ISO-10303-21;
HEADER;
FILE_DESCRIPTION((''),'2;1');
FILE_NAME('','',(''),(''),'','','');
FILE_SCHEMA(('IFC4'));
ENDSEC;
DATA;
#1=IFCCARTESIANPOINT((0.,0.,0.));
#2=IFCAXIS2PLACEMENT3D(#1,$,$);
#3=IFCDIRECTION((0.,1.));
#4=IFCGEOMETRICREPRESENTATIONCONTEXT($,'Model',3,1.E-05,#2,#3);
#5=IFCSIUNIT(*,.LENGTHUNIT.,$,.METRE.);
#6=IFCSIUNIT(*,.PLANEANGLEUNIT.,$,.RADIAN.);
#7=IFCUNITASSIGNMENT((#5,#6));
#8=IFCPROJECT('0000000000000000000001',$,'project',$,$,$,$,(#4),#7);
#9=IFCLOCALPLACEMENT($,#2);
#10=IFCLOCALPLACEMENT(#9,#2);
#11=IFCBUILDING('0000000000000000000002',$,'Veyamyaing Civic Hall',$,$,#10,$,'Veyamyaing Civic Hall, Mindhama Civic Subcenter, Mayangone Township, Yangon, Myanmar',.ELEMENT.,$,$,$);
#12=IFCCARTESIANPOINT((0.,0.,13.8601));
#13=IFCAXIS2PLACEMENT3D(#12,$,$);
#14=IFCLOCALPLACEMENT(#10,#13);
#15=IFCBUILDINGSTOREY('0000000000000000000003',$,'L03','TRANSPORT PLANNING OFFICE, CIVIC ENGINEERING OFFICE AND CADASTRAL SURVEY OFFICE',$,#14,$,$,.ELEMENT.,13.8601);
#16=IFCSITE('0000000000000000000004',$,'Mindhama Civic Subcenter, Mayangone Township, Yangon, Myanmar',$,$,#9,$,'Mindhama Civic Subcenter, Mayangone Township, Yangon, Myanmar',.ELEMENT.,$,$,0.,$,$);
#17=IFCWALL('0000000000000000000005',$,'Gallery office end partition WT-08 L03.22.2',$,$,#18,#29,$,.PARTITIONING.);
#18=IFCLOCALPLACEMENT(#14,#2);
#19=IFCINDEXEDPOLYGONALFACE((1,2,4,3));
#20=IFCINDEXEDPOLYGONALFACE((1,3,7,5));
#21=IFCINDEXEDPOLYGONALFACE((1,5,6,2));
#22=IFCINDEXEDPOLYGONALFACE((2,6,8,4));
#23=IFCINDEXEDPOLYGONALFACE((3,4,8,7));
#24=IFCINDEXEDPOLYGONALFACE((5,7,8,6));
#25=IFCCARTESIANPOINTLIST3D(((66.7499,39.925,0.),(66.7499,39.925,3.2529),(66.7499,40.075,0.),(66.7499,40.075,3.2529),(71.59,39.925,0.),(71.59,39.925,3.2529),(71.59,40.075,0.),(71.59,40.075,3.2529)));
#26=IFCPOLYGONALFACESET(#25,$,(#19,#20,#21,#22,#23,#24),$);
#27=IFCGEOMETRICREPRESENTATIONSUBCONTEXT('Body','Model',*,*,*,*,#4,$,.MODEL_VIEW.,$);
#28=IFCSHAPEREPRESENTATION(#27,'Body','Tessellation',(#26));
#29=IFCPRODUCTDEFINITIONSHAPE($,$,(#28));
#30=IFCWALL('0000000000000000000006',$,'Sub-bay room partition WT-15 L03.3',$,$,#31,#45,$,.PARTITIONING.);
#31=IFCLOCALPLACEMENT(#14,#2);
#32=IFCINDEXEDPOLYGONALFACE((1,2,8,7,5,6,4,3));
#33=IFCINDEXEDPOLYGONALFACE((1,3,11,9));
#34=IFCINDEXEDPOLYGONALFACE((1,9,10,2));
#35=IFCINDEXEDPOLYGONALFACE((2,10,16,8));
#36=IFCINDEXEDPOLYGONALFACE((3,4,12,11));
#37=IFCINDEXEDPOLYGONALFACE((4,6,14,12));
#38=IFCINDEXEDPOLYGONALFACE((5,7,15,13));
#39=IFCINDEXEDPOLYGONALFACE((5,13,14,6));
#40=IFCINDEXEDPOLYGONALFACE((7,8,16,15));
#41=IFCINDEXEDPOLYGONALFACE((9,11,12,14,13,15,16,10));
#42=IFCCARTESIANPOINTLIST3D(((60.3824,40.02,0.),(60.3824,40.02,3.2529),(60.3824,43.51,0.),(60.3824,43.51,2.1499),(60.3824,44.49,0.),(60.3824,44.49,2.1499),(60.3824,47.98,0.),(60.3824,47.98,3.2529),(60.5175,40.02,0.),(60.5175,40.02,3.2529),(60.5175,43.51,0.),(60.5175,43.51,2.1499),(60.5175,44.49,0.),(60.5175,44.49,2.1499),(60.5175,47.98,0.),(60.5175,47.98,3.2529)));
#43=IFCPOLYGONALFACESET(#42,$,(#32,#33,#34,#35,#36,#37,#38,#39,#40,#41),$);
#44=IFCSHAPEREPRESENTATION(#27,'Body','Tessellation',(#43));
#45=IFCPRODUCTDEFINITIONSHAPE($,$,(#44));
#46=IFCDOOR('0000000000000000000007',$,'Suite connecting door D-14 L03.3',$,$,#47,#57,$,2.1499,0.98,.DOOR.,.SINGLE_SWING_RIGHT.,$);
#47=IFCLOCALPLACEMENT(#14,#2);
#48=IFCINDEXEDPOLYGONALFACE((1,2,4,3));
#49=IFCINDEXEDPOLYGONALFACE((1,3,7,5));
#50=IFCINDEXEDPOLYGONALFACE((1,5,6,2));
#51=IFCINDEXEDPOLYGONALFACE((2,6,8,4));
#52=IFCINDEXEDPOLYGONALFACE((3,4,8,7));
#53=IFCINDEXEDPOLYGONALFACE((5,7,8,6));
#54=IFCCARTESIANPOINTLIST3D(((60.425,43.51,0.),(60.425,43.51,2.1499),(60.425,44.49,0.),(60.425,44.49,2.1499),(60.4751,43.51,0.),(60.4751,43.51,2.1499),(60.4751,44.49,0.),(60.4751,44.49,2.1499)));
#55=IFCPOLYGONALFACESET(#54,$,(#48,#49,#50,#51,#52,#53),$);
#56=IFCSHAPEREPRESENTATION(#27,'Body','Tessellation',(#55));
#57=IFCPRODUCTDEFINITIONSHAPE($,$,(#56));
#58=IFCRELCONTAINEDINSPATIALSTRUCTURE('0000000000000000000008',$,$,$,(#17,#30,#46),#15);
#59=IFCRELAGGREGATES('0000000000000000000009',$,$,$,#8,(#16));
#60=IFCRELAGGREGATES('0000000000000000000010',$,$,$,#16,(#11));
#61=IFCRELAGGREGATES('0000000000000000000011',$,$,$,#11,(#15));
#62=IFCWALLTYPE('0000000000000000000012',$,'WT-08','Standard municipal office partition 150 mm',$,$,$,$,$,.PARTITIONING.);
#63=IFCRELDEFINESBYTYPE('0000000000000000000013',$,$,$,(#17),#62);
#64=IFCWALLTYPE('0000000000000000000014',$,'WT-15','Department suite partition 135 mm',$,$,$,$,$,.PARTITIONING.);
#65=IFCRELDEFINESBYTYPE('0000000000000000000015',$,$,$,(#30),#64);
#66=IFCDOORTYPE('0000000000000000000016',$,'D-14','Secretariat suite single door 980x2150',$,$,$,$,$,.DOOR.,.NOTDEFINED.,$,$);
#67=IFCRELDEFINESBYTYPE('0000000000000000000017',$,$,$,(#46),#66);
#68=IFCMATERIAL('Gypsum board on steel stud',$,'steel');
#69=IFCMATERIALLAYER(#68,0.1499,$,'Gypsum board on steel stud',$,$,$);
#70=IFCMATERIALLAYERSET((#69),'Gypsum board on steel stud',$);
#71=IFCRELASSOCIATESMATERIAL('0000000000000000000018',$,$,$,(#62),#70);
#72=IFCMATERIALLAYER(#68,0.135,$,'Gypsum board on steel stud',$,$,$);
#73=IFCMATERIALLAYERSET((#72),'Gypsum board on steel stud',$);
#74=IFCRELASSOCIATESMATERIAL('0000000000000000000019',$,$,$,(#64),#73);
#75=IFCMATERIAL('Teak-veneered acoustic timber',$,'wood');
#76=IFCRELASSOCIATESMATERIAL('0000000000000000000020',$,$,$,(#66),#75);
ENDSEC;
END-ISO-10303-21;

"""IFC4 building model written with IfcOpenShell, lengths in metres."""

from ifc_helpers import new_model, si_unit, direction, frame, frame_2d, origin, place, context, subcontext, project, spatial, rectangle, extrude, material, layer, layer_set, type_object, element, fill, save


model = new_model("IFC4")

# Units and contexts
model_context = context("Model", 3, precision=1e-05, world=origin(), true_north=direction((0.0, 1.0)))
body_context = subcontext(model_context, "Body", "Model", "MODEL_VIEW")
ifc_project = project(units=[si_unit("LENGTHUNIT", "METRE"), si_unit("PLANEANGLEUNIT", "RADIAN")], contexts=[model_context])

# Site, building, storey
site_placement = place(None, origin())
site = spatial("IfcSite", under=ifc_project, at=site_placement, Name="Mindhama Civic Subcenter, Mayangone Township, Yangon, Myanmar", LongName="Mindhama Civic Subcenter, Mayangone Township, Yangon, Myanmar", CompositionType="ELEMENT", RefElevation=0.0)
building_placement = place(site_placement, origin())
building = spatial("IfcBuilding", under=site, at=building_placement, Name="Veyamyaing Civic Hall", LongName="Veyamyaing Civic Hall, Mindhama Civic Subcenter, Mayangone Township, Yangon, Myanmar", CompositionType="ELEMENT")
storey_placement = place(building_placement, frame((0.0, 0.0, 13.8601)))
storey = spatial("IfcBuildingStorey", under=building, at=storey_placement, Name="L03", Description="TRANSPORT PLANNING OFFICE, CIVIC ENGINEERING OFFICE AND CADASTRAL SURVEY OFFICE", CompositionType="ELEMENT", Elevation=13.8601)

# Shared definitions
ifc_material_1 = material(Name="Teak-veneered acoustic timber", Category="wood")

# Wall
ifc_material_2 = material(Name="Gypsum board on steel stud", Category="steel")
ifc_layer_1 = layer(ifc_material_2, 0.1499, Name="Gypsum board on steel stud")
ifc_layer_set_1 = layer_set([ifc_layer_1], Name="Gypsum board on steel stud")
wall_type_1 = type_object("IfcWallType", Name="WT-08", Description="Standard municipal office partition 150 mm", PredefinedType="PARTITIONING", material=ifc_layer_set_1)
wall_1_placement = place(storey_placement, frame((66.75, 40.0, 0.0), z_axis=(0.0, 0.0, 1.0), x_axis=(1.0, 0.0, 0.0)))
element("IfcWall", 1, at=wall_1_placement, inside=storey, type_object=wall_type_1, Name="Gallery office end partition WT-08 L03.22.2", PredefinedType="PARTITIONING", context=body_context, shape_type="SweptSolid", body=[
    extrude(rectangle(XDim=4.8401, YDim=0.1499, at=frame_2d((2.4199, 0.0))), origin(), (0.0, 0.0, 1.0), 3.2529),
])

# Wall, opening, door
ifc_layer_2 = layer(ifc_material_2, 0.135, Name="Gypsum board on steel stud")
ifc_layer_set_2 = layer_set([ifc_layer_2], Name="Gypsum board on steel stud")
wall_type_2 = type_object("IfcWallType", Name="WT-15", Description="Department suite partition 135 mm", PredefinedType="PARTITIONING", material=ifc_layer_set_2)
wall_2_placement = place(storey_placement, frame((60.45, 40.02, 0.0), z_axis=(0.0, 0.0, 1.0), x_axis=(0.0, 1.0, 0.0)))
wall_2 = element("IfcWall", 2, at=wall_2_placement, inside=storey, type_object=wall_type_2, Name="Sub-bay room partition WT-15 L03.3", PredefinedType="PARTITIONING", context=body_context, shape_type="SweptSolid", body=[
    extrude(rectangle(XDim=7.96, YDim=0.135, at=frame_2d((3.98, 0.0))), origin(), (0.0, 0.0, 1.0), 3.2529),
])
opening_1_placement = place(wall_2_placement, frame((3.49, 0.0, 0.0)))
opening_1 = element("IfcOpeningElement", 3, at=opening_1_placement, cuts=wall_2, PredefinedType="OPENING", context=body_context, shape_type="SweptSolid", body=[
    extrude(rectangle(XDim=0.98, YDim=2.1499, at=frame_2d((0.49, 1.075))), frame((0.0, 0.0774, 0.0), z_axis=(0.0, -1.0, 0.0), x_axis=(1.0, 0.0, 0.0)), (0.0, 0.0, 1.0), 0.155),
])
door_type_1 = type_object("IfcDoorType", Name="D-14", Description="Secretariat suite single door 980x2150", OperationType="NOTDEFINED", PredefinedType="DOOR", material=ifc_material_1)
door_1_placement = place(opening_1_placement, origin())
door_1 = element("IfcDoor", 4, at=door_1_placement, inside=storey, type_object=door_type_1, Name="Suite connecting door D-14 L03.3", OperationType="SINGLE_SWING_RIGHT", OverallHeight=2.1499, OverallWidth=0.98, PredefinedType="DOOR", context=body_context, shape_type="SweptSolid", body=[
    extrude(rectangle(XDim=0.98, YDim=2.1499, at=frame_2d((0.49, 1.075))), frame((0.0, 0.0249, 0.0), z_axis=(0.0, -1.0, 0.0), x_axis=(1.0, 0.0, 0.0)), (0.0, 0.0, 1.0), 0.05),
])
fill(opening_1, door_1)

save(model, "model.ifc")
